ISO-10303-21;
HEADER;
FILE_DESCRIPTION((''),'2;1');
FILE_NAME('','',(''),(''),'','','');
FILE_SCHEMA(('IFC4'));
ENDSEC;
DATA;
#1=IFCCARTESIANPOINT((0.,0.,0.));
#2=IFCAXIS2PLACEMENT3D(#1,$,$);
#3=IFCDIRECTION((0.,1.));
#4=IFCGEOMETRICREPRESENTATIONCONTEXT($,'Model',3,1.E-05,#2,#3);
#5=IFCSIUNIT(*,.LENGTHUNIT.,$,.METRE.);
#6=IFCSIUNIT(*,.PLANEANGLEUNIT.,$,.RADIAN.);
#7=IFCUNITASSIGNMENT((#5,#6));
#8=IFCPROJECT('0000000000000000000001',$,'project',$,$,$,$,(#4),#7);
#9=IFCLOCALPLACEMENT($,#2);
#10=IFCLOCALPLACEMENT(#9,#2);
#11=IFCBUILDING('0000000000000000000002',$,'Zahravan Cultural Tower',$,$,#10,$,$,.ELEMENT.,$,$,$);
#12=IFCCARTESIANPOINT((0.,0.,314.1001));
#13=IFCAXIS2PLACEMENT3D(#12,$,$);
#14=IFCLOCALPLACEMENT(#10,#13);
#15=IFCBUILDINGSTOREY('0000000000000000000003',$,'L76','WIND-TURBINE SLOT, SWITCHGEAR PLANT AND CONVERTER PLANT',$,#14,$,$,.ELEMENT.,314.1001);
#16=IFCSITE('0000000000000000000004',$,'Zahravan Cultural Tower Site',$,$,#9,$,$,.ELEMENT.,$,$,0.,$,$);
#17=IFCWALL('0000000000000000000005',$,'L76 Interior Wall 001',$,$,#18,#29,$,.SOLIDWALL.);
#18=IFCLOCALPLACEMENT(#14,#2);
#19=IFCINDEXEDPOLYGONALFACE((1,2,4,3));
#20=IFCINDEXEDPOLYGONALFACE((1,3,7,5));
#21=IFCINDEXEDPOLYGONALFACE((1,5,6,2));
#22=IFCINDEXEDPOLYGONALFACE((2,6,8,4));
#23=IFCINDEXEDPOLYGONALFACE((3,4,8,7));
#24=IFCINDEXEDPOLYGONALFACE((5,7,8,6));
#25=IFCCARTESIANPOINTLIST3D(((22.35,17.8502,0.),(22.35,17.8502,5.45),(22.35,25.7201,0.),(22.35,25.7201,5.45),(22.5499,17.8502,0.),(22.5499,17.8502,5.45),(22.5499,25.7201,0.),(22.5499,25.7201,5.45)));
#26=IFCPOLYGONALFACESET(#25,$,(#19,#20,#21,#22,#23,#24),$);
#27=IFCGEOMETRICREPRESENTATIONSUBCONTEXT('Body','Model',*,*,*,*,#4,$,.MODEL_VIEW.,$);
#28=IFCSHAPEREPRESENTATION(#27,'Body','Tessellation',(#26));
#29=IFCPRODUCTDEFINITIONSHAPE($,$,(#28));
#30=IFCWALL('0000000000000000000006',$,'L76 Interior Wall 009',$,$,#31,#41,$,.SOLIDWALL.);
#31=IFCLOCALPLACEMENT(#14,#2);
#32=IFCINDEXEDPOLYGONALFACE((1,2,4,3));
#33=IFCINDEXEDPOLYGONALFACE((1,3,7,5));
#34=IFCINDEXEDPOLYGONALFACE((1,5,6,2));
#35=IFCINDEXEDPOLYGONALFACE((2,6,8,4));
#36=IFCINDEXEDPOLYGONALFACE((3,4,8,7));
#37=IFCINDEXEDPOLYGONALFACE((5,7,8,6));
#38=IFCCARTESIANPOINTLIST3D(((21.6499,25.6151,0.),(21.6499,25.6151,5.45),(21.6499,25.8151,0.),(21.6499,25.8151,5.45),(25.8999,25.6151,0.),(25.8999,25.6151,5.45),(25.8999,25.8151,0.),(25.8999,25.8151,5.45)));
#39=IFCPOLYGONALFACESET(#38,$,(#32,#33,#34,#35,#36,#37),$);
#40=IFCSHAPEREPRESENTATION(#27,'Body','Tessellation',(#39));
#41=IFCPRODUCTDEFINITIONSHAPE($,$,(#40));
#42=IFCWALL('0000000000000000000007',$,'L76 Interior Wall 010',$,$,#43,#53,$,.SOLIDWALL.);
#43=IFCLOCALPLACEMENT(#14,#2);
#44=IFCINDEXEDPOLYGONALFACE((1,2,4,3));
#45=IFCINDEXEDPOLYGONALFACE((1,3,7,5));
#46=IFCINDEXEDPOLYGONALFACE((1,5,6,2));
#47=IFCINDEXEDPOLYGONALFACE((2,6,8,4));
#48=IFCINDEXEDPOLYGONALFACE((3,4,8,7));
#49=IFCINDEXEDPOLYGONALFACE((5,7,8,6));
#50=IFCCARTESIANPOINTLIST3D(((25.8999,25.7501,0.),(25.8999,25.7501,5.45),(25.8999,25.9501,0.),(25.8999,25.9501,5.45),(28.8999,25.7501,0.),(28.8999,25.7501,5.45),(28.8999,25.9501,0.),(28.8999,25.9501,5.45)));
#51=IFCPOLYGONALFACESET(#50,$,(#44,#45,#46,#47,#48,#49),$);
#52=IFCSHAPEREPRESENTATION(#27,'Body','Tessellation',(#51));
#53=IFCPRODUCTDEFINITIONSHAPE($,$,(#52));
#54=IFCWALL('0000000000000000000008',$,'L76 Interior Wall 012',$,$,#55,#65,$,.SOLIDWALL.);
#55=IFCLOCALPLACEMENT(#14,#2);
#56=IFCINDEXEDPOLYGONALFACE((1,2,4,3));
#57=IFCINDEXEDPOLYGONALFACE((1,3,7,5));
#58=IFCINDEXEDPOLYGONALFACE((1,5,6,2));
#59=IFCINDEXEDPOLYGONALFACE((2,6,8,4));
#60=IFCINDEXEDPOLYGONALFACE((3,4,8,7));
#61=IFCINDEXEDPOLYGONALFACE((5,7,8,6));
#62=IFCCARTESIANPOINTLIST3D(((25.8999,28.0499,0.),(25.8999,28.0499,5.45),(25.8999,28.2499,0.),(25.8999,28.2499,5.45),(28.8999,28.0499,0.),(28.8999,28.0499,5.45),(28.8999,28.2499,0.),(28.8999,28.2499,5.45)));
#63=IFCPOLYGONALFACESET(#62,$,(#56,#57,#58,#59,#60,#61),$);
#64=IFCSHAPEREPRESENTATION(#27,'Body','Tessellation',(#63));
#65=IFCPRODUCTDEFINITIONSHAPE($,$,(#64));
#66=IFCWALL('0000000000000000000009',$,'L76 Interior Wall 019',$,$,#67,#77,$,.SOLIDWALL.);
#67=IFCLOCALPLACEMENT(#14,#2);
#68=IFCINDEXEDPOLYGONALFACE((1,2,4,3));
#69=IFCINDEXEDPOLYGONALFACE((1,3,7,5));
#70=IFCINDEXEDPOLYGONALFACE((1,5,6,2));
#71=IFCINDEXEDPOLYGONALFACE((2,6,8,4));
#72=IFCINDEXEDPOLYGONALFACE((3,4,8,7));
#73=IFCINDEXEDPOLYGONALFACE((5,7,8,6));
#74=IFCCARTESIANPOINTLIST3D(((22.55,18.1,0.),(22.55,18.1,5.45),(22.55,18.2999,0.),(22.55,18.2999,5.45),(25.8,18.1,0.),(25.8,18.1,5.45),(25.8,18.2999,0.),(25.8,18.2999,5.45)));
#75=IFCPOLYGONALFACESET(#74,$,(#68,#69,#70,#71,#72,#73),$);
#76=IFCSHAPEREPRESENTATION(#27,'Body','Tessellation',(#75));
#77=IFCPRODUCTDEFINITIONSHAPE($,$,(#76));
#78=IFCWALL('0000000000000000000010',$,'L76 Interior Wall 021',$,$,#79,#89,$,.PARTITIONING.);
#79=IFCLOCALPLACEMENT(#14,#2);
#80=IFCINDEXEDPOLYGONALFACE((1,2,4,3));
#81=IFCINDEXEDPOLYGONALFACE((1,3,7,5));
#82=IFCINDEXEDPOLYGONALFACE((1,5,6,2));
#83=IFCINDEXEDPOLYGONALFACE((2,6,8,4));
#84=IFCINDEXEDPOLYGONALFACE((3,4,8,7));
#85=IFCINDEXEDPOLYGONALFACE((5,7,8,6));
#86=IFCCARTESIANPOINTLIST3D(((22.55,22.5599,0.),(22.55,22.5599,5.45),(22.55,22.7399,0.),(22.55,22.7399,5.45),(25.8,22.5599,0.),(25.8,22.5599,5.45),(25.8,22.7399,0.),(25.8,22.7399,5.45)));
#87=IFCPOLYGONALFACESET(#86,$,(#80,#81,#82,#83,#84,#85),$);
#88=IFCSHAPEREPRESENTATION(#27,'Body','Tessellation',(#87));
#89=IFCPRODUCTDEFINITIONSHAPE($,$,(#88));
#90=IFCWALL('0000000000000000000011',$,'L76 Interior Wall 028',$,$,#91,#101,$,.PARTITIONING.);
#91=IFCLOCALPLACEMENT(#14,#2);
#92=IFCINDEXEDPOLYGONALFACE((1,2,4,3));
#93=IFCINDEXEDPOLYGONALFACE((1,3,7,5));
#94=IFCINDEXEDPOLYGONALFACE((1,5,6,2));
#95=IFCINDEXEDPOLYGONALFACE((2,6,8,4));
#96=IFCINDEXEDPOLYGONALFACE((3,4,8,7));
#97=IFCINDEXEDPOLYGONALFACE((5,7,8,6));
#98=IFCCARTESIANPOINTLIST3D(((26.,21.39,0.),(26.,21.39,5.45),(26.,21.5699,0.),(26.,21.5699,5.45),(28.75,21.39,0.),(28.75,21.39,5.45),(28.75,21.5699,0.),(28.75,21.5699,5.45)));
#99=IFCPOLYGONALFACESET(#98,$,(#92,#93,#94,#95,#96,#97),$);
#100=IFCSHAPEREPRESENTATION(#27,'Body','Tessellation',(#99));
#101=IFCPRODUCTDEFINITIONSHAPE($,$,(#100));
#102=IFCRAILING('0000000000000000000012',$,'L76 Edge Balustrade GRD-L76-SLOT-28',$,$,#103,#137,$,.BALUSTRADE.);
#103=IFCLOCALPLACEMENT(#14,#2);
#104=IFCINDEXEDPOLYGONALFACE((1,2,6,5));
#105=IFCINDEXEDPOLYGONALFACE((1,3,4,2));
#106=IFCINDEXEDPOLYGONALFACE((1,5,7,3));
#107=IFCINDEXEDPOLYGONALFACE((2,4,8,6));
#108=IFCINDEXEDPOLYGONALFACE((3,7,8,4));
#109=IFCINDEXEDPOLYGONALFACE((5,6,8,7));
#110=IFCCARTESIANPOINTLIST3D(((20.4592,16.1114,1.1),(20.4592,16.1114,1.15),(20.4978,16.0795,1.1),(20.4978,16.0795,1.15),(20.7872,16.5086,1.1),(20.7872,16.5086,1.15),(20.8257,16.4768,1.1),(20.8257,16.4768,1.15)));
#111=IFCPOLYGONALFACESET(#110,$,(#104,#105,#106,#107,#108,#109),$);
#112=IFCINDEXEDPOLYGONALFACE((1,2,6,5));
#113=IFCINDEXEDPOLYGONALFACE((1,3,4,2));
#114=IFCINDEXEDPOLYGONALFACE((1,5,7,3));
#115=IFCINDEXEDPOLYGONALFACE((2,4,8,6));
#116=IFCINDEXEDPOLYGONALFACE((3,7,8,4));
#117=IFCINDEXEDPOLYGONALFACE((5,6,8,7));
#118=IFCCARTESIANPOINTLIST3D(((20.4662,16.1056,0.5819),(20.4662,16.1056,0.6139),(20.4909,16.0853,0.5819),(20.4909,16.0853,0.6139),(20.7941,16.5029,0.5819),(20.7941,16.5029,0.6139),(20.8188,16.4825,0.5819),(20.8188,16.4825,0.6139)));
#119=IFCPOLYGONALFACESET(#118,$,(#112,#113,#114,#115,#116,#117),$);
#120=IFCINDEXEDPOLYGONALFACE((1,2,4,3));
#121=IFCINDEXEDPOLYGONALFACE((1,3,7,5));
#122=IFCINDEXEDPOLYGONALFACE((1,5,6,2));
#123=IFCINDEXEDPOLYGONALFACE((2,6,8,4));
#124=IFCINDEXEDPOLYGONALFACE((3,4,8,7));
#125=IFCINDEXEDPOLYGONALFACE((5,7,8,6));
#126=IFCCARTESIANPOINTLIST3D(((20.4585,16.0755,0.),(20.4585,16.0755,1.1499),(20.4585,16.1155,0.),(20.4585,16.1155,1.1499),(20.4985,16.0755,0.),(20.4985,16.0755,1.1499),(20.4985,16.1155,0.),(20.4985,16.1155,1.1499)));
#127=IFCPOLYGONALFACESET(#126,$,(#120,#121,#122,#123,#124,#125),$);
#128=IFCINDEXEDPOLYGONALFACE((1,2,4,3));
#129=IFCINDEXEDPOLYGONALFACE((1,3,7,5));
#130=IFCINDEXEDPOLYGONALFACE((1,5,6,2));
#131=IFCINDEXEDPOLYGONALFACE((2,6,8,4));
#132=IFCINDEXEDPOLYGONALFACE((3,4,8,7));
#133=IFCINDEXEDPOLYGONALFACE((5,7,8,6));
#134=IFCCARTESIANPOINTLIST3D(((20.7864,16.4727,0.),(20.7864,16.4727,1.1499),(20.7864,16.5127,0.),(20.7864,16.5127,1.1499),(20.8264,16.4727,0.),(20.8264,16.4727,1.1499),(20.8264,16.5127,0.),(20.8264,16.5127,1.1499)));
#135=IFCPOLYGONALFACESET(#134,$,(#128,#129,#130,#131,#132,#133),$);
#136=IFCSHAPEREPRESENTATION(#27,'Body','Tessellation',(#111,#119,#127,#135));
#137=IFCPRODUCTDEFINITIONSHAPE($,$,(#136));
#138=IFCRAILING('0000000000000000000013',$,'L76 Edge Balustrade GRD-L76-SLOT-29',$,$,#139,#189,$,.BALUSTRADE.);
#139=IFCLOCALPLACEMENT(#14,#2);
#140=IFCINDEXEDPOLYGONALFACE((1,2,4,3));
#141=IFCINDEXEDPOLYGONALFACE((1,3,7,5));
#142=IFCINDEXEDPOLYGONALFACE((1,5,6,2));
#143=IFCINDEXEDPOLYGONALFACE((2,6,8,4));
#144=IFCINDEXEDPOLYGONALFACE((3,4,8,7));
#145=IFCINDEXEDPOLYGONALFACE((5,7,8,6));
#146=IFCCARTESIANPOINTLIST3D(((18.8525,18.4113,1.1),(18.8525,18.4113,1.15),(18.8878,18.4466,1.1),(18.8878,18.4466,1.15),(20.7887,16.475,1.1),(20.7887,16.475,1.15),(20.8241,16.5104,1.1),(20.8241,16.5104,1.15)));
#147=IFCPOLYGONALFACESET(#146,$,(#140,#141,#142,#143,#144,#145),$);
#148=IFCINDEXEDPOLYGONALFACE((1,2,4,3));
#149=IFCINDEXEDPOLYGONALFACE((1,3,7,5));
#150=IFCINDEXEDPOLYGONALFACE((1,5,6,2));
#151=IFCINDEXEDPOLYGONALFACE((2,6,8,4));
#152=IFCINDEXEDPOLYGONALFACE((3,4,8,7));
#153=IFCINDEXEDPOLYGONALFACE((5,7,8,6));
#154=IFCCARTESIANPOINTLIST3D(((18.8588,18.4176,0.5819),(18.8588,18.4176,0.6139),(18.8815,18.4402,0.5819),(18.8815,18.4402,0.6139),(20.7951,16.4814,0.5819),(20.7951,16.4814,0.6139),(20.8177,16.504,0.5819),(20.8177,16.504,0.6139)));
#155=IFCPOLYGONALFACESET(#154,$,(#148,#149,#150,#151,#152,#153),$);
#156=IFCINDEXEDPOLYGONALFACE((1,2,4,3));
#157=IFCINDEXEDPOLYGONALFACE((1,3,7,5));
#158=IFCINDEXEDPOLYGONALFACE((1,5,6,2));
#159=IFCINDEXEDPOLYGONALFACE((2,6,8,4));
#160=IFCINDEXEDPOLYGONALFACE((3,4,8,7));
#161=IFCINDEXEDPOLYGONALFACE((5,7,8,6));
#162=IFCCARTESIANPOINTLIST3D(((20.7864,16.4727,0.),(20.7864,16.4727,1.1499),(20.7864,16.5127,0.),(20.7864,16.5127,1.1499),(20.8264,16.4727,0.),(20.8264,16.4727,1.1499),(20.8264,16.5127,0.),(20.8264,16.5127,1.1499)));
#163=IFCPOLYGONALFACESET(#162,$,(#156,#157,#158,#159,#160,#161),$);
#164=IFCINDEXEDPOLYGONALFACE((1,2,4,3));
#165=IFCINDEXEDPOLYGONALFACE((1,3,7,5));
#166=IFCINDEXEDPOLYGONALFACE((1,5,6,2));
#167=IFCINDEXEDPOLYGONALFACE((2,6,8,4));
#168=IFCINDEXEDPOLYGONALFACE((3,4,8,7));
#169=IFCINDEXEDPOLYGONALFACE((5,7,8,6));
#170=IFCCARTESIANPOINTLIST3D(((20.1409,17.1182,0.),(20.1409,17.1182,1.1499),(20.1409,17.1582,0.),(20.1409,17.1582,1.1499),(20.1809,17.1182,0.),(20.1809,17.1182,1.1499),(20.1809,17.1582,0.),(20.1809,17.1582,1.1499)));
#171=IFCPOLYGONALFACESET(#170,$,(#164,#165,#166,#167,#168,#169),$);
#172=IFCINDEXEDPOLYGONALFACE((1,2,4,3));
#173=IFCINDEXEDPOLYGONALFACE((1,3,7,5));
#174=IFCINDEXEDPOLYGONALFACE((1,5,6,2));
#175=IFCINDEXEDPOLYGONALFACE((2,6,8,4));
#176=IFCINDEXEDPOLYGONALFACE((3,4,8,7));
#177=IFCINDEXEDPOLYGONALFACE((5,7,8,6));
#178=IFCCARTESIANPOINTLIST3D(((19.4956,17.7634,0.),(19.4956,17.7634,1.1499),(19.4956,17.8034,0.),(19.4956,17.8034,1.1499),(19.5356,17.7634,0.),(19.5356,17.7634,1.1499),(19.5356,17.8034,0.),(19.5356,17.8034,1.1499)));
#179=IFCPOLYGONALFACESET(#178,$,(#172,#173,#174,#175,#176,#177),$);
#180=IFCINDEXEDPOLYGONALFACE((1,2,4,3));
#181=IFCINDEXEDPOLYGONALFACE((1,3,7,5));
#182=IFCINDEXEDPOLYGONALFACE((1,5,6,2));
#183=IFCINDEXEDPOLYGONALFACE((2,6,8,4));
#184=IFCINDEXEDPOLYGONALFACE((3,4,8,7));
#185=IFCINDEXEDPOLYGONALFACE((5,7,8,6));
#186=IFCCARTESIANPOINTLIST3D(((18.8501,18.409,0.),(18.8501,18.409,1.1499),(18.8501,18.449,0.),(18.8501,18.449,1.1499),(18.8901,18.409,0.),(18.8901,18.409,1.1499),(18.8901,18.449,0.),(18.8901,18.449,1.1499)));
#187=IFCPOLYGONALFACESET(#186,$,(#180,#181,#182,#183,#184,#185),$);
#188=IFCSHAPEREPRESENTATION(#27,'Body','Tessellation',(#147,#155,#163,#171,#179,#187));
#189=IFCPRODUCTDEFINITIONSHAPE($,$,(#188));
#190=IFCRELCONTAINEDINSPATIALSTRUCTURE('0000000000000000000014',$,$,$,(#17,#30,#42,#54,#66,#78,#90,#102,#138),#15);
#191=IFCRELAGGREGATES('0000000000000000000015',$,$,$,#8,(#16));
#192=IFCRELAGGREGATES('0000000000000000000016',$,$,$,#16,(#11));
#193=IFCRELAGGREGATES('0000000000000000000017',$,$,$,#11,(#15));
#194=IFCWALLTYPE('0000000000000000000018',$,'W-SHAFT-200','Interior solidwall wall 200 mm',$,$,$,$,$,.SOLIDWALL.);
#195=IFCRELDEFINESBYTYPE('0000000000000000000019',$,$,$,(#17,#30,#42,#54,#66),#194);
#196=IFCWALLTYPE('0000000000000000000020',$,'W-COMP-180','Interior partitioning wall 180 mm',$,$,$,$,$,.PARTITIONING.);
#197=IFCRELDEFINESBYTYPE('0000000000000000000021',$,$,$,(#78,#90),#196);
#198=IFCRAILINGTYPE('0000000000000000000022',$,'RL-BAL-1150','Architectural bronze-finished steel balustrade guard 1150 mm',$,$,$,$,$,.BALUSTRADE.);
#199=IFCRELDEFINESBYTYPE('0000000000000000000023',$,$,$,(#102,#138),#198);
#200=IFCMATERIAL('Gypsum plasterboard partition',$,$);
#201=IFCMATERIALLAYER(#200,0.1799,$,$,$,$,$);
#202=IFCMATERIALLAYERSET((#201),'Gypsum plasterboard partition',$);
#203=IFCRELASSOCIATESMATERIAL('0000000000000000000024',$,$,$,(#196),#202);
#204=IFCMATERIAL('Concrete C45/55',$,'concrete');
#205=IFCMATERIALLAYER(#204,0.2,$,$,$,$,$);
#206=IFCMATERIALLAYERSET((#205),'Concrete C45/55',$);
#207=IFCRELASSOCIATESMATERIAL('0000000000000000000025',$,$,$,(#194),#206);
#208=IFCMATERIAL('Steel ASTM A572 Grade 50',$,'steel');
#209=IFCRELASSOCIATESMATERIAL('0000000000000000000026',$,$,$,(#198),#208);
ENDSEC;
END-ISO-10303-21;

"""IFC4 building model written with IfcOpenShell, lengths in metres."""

from ifc_helpers import new_model, si_unit, direction, frame, frame_2d, origin, origin_2d, place, context, subcontext, project, spatial, rectangle, extrude, source, transform, mapped, material, layer, layer_set, type_object, element, save


model = new_model("IFC4")

# Units and contexts
model_context = context("Model", 3, precision=1e-05, world=origin(), true_north=direction((0.0, 1.0)))
body_context = subcontext(model_context, "Body", "Model", "MODEL_VIEW")
ifc_project = project(units=[si_unit("LENGTHUNIT", "METRE"), si_unit("PLANEANGLEUNIT", "RADIAN")], contexts=[model_context])

# Site, building, storey
site_placement = place(None, origin())
site = spatial("IfcSite", under=ifc_project, at=site_placement, Name="Zahravan Cultural Tower Site", CompositionType="ELEMENT", RefElevation=0.0)
building_placement = place(site_placement, origin())
building = spatial("IfcBuilding", under=site, at=building_placement, Name="Zahravan Cultural Tower", CompositionType="ELEMENT")
storey_placement = place(building_placement, frame((0.0, 0.0, 314.1001)))
storey = spatial("IfcBuildingStorey", under=building, at=storey_placement, Name="L76", Description="WIND-TURBINE SLOT, SWITCHGEAR PLANT AND CONVERTER PLANT", CompositionType="ELEMENT", Elevation=314.1001)

# Shared definitions
ifc_material_1 = material(Name="Steel ASTM A572 Grade 50", Category="steel")

# Shared definitions
ifc_material_2 = material(Name="Concrete C45/55", Category="concrete")

# Shared definitions
ifc_material_3 = material(Name="Gypsum plasterboard partition")
ifc_layer_1 = layer(ifc_material_3, 0.1799)
ifc_layer_set_1 = layer_set([ifc_layer_1], Name="Gypsum plasterboard partition")
wall_type_1 = type_object("IfcWallType", Name="W-COMP-180", Description="Interior partitioning wall 180 mm", PredefinedType="PARTITIONING", material=ifc_layer_set_1)

# Shared definitions
ifc_layer_2 = layer(ifc_material_2, 0.2)
ifc_layer_set_2 = layer_set([ifc_layer_2], Name="Concrete C45/55")
wall_type_2 = type_object("IfcWallType", Name="W-SHAFT-200", Description="Interior solidwall wall 200 mm", PredefinedType="SOLIDWALL", material=ifc_layer_set_2)

# Walls
shared_shape_1 = source(origin(), body_context, "Body", "SweptSolid", [
    extrude(rectangle(XDim=7.8699, YDim=0.2, at=frame_2d((3.9351, 0.0))), origin(), (0.0, 0.0, 1.0), 5.45),
])
wall_1_placement = place(storey_placement, frame((22.45, 17.8501, 0.0), z_axis=(0.0, 0.0, 1.0), x_axis=(0.0, 1.0, 0.0)))
element("IfcWall", 1, at=wall_1_placement, inside=storey, type_object=wall_type_2, Name="L76 Interior Wall 001", PredefinedType="SOLIDWALL", context=body_context, shape_type="MappedRepresentation", body=[
    mapped(shared_shape_1, transform((0.0, 0.0, 0.0), x_axis=(1.0, 0.0, 0.0), y_axis=(0.0, 1.0, 0.0), z_axis=(0.0, 0.0, 1.0), scale=1.0)),
])
shared_shape_2 = source(origin(), body_context, "Body", "SweptSolid", [
    extrude(rectangle(XDim=4.25, YDim=0.2, at=frame_2d((2.125, 0.0))), origin(), (0.0, 0.0, 1.0), 5.45),
])
wall_2_placement = place(storey_placement, frame((21.6499, 25.7151, 0.0), z_axis=(0.0, 0.0, 1.0), x_axis=(1.0, 0.0, 0.0)))
element("IfcWall", 2, at=wall_2_placement, inside=storey, type_object=wall_type_2, Name="L76 Interior Wall 009", PredefinedType="SOLIDWALL", context=body_context, shape_type="MappedRepresentation", body=[
    mapped(shared_shape_2, transform((0.0, 0.0, 0.0), x_axis=(1.0, 0.0, 0.0), y_axis=(0.0, 1.0, 0.0), z_axis=(0.0, 0.0, 1.0), scale=1.0)),
])
shared_shape_3 = source(origin(), body_context, "Body", "SweptSolid", [
    extrude(rectangle(XDim=3.0, YDim=0.2, at=frame_2d((1.5, 0.0))), origin(), (0.0, 0.0, 1.0), 5.45),
])
for number, where, z_axis, x_axis, name in (
    (3, (25.8999, 25.8501, 0.0), (0.0, 0.0, 1.0), (1.0, 0.0, 0.0), "L76 Interior Wall 010"),
    (4, (25.8999, 28.1499, 0.0), (0.0, 0.0, 1.0), (1.0, 0.0, 0.0), "L76 Interior Wall 012"),
):
    element("IfcWall", number, at=place(storey_placement, frame(where, z_axis=z_axis, x_axis=x_axis)), inside=storey, type_object=wall_type_2, Name=name, PredefinedType="SOLIDWALL", context=body_context, shape_type="MappedRepresentation", body=[
        mapped(shared_shape_3, transform((0.0, 0.0, 0.0), x_axis=(1.0, 0.0, 0.0), y_axis=(0.0, 1.0, 0.0), z_axis=(0.0, 0.0, 1.0), scale=1.0)),
    ])
shared_shape_4 = source(origin(), body_context, "Body", "SweptSolid", [
    extrude(rectangle(XDim=3.25, YDim=0.2, at=frame_2d((1.625, 0.0))), origin(), (0.0, 0.0, 1.0), 5.45),
])
wall_3_placement = place(storey_placement, frame((22.55, 18.2, 0.0), z_axis=(0.0, 0.0, 1.0), x_axis=(1.0, 0.0, 0.0)))
element("IfcWall", 5, at=wall_3_placement, inside=storey, type_object=wall_type_2, Name="L76 Interior Wall 019", PredefinedType="SOLIDWALL", context=body_context, shape_type="MappedRepresentation", body=[
    mapped(shared_shape_4, transform((0.0, 0.0, 0.0), x_axis=(1.0, 0.0, 0.0), y_axis=(0.0, 1.0, 0.0), z_axis=(0.0, 0.0, 1.0), scale=1.0)),
])
shared_shape_5 = source(origin(), body_context, "Body", "SweptSolid", [
    extrude(rectangle(XDim=3.25, YDim=0.1799, at=frame_2d((1.625, 0.0))), origin(), (0.0, 0.0, 1.0), 5.45),
])
wall_4_placement = place(storey_placement, frame((22.55, 22.6499, 0.0), z_axis=(0.0, 0.0, 1.0), x_axis=(1.0, 0.0, 0.0)))
element("IfcWall", 6, at=wall_4_placement, inside=storey, type_object=wall_type_1, Name="L76 Interior Wall 021", PredefinedType="PARTITIONING", context=body_context, shape_type="MappedRepresentation", body=[
    mapped(shared_shape_5, transform((0.0, 0.0, 0.0), x_axis=(1.0, 0.0, 0.0), y_axis=(0.0, 1.0, 0.0), z_axis=(0.0, 0.0, 1.0), scale=1.0)),
])
shared_shape_6 = source(origin(), body_context, "Body", "SweptSolid", [
    extrude(rectangle(XDim=2.75, YDim=0.1799, at=frame_2d((1.375, 0.0))), origin(), (0.0, 0.0, 1.0), 5.45),
])
wall_5_placement = place(storey_placement, frame((26.0, 21.48, 0.0), z_axis=(0.0, 0.0, 1.0), x_axis=(1.0, 0.0, 0.0)))
element("IfcWall", 7, at=wall_5_placement, inside=storey, type_object=wall_type_1, Name="L76 Interior Wall 028", PredefinedType="PARTITIONING", context=body_context, shape_type="MappedRepresentation", body=[
    mapped(shared_shape_6, transform((0.0, 0.0, 0.0), x_axis=(1.0, 0.0, 0.0), y_axis=(0.0, 1.0, 0.0), z_axis=(0.0, 0.0, 1.0), scale=1.0)),
])

# Railings
railing_type = type_object("IfcRailingType", Name="RL-BAL-1150", Description="Architectural bronze-finished steel balustrade guard 1150 mm", PredefinedType="BALUSTRADE", material=ifc_material_1)
railing_1_placement = place(storey_placement, frame((20.4785, 16.0955, 0.0)))
element("IfcRailing", 8, at=railing_1_placement, inside=storey, type_object=railing_type, Name="L76 Edge Balustrade GRD-L76-SLOT-28", PredefinedType="BALUSTRADE", context=body_context, shape_type="SweptSolid", body=[
    extrude(rectangle(XDim=0.05, YDim=0.05, at=origin_2d()), frame((0.0, 0.0, 1.125), z_axis=(0.636587, 0.771205, 0.0), x_axis=(-0.771205, 0.636587, 0.0)), (0.0, 0.0, 1.0), 0.5151),
    extrude(rectangle(XDim=0.032, YDim=0.032, at=origin_2d()), frame((0.0, 0.0, 0.5979), z_axis=(0.636587, 0.771205, 0.0), x_axis=(-0.771205, 0.636587, 0.0)), (0.0, 0.0, 1.0), 0.5151),
    extrude(rectangle(XDim=0.04, YDim=0.04, at=origin_2d()), origin(), (0.0, 0.0, 1.0), 1.1499),
    extrude(rectangle(XDim=0.04, YDim=0.04, at=origin_2d()), frame((0.3279, 0.3972, 0.0)), (0.0, 0.0, 1.0), 1.1499),
])
railing_2_placement = place(storey_placement, frame((20.8064, 16.4927, 0.0)))
element("IfcRailing", 9, at=railing_2_placement, inside=storey, type_object=railing_type, Name="L76 Edge Balustrade GRD-L76-SLOT-29", PredefinedType="BALUSTRADE", context=body_context, shape_type="SweptSolid", body=[
    extrude(rectangle(XDim=0.05, YDim=0.05, at=origin_2d()), frame((0.0, 0.0, 1.125), z_axis=(-0.707107, 0.707107, 0.0), x_axis=(-0.707107, -0.707107, 0.0)), (0.0, 0.0, 1.0), 2.7383),
    extrude(rectangle(XDim=0.032, YDim=0.032, at=origin_2d()), frame((0.0, 0.0, 0.5979), z_axis=(-0.707107, 0.707107, 0.0), x_axis=(-0.707107, -0.707107, 0.0)), (0.0, 0.0, 1.0), 2.7383),
    extrude(rectangle(XDim=0.04, YDim=0.04, at=origin_2d()), origin(), (0.0, 0.0, 1.0), 1.1499),
    extrude(rectangle(XDim=0.04, YDim=0.04, at=origin_2d()), frame((-0.6455, 0.6455, 0.0)), (0.0, 0.0, 1.0), 1.1499),
    extrude(rectangle(XDim=0.04, YDim=0.04, at=origin_2d()), frame((-1.2908, 1.2908, 0.0)), (0.0, 0.0, 1.0), 1.1499),
    extrude(rectangle(XDim=0.04, YDim=0.04, at=origin_2d()), frame((-1.9363, 1.9363, 0.0)), (0.0, 0.0, 1.0), 1.1499),
])

save(model, "model.ifc")
